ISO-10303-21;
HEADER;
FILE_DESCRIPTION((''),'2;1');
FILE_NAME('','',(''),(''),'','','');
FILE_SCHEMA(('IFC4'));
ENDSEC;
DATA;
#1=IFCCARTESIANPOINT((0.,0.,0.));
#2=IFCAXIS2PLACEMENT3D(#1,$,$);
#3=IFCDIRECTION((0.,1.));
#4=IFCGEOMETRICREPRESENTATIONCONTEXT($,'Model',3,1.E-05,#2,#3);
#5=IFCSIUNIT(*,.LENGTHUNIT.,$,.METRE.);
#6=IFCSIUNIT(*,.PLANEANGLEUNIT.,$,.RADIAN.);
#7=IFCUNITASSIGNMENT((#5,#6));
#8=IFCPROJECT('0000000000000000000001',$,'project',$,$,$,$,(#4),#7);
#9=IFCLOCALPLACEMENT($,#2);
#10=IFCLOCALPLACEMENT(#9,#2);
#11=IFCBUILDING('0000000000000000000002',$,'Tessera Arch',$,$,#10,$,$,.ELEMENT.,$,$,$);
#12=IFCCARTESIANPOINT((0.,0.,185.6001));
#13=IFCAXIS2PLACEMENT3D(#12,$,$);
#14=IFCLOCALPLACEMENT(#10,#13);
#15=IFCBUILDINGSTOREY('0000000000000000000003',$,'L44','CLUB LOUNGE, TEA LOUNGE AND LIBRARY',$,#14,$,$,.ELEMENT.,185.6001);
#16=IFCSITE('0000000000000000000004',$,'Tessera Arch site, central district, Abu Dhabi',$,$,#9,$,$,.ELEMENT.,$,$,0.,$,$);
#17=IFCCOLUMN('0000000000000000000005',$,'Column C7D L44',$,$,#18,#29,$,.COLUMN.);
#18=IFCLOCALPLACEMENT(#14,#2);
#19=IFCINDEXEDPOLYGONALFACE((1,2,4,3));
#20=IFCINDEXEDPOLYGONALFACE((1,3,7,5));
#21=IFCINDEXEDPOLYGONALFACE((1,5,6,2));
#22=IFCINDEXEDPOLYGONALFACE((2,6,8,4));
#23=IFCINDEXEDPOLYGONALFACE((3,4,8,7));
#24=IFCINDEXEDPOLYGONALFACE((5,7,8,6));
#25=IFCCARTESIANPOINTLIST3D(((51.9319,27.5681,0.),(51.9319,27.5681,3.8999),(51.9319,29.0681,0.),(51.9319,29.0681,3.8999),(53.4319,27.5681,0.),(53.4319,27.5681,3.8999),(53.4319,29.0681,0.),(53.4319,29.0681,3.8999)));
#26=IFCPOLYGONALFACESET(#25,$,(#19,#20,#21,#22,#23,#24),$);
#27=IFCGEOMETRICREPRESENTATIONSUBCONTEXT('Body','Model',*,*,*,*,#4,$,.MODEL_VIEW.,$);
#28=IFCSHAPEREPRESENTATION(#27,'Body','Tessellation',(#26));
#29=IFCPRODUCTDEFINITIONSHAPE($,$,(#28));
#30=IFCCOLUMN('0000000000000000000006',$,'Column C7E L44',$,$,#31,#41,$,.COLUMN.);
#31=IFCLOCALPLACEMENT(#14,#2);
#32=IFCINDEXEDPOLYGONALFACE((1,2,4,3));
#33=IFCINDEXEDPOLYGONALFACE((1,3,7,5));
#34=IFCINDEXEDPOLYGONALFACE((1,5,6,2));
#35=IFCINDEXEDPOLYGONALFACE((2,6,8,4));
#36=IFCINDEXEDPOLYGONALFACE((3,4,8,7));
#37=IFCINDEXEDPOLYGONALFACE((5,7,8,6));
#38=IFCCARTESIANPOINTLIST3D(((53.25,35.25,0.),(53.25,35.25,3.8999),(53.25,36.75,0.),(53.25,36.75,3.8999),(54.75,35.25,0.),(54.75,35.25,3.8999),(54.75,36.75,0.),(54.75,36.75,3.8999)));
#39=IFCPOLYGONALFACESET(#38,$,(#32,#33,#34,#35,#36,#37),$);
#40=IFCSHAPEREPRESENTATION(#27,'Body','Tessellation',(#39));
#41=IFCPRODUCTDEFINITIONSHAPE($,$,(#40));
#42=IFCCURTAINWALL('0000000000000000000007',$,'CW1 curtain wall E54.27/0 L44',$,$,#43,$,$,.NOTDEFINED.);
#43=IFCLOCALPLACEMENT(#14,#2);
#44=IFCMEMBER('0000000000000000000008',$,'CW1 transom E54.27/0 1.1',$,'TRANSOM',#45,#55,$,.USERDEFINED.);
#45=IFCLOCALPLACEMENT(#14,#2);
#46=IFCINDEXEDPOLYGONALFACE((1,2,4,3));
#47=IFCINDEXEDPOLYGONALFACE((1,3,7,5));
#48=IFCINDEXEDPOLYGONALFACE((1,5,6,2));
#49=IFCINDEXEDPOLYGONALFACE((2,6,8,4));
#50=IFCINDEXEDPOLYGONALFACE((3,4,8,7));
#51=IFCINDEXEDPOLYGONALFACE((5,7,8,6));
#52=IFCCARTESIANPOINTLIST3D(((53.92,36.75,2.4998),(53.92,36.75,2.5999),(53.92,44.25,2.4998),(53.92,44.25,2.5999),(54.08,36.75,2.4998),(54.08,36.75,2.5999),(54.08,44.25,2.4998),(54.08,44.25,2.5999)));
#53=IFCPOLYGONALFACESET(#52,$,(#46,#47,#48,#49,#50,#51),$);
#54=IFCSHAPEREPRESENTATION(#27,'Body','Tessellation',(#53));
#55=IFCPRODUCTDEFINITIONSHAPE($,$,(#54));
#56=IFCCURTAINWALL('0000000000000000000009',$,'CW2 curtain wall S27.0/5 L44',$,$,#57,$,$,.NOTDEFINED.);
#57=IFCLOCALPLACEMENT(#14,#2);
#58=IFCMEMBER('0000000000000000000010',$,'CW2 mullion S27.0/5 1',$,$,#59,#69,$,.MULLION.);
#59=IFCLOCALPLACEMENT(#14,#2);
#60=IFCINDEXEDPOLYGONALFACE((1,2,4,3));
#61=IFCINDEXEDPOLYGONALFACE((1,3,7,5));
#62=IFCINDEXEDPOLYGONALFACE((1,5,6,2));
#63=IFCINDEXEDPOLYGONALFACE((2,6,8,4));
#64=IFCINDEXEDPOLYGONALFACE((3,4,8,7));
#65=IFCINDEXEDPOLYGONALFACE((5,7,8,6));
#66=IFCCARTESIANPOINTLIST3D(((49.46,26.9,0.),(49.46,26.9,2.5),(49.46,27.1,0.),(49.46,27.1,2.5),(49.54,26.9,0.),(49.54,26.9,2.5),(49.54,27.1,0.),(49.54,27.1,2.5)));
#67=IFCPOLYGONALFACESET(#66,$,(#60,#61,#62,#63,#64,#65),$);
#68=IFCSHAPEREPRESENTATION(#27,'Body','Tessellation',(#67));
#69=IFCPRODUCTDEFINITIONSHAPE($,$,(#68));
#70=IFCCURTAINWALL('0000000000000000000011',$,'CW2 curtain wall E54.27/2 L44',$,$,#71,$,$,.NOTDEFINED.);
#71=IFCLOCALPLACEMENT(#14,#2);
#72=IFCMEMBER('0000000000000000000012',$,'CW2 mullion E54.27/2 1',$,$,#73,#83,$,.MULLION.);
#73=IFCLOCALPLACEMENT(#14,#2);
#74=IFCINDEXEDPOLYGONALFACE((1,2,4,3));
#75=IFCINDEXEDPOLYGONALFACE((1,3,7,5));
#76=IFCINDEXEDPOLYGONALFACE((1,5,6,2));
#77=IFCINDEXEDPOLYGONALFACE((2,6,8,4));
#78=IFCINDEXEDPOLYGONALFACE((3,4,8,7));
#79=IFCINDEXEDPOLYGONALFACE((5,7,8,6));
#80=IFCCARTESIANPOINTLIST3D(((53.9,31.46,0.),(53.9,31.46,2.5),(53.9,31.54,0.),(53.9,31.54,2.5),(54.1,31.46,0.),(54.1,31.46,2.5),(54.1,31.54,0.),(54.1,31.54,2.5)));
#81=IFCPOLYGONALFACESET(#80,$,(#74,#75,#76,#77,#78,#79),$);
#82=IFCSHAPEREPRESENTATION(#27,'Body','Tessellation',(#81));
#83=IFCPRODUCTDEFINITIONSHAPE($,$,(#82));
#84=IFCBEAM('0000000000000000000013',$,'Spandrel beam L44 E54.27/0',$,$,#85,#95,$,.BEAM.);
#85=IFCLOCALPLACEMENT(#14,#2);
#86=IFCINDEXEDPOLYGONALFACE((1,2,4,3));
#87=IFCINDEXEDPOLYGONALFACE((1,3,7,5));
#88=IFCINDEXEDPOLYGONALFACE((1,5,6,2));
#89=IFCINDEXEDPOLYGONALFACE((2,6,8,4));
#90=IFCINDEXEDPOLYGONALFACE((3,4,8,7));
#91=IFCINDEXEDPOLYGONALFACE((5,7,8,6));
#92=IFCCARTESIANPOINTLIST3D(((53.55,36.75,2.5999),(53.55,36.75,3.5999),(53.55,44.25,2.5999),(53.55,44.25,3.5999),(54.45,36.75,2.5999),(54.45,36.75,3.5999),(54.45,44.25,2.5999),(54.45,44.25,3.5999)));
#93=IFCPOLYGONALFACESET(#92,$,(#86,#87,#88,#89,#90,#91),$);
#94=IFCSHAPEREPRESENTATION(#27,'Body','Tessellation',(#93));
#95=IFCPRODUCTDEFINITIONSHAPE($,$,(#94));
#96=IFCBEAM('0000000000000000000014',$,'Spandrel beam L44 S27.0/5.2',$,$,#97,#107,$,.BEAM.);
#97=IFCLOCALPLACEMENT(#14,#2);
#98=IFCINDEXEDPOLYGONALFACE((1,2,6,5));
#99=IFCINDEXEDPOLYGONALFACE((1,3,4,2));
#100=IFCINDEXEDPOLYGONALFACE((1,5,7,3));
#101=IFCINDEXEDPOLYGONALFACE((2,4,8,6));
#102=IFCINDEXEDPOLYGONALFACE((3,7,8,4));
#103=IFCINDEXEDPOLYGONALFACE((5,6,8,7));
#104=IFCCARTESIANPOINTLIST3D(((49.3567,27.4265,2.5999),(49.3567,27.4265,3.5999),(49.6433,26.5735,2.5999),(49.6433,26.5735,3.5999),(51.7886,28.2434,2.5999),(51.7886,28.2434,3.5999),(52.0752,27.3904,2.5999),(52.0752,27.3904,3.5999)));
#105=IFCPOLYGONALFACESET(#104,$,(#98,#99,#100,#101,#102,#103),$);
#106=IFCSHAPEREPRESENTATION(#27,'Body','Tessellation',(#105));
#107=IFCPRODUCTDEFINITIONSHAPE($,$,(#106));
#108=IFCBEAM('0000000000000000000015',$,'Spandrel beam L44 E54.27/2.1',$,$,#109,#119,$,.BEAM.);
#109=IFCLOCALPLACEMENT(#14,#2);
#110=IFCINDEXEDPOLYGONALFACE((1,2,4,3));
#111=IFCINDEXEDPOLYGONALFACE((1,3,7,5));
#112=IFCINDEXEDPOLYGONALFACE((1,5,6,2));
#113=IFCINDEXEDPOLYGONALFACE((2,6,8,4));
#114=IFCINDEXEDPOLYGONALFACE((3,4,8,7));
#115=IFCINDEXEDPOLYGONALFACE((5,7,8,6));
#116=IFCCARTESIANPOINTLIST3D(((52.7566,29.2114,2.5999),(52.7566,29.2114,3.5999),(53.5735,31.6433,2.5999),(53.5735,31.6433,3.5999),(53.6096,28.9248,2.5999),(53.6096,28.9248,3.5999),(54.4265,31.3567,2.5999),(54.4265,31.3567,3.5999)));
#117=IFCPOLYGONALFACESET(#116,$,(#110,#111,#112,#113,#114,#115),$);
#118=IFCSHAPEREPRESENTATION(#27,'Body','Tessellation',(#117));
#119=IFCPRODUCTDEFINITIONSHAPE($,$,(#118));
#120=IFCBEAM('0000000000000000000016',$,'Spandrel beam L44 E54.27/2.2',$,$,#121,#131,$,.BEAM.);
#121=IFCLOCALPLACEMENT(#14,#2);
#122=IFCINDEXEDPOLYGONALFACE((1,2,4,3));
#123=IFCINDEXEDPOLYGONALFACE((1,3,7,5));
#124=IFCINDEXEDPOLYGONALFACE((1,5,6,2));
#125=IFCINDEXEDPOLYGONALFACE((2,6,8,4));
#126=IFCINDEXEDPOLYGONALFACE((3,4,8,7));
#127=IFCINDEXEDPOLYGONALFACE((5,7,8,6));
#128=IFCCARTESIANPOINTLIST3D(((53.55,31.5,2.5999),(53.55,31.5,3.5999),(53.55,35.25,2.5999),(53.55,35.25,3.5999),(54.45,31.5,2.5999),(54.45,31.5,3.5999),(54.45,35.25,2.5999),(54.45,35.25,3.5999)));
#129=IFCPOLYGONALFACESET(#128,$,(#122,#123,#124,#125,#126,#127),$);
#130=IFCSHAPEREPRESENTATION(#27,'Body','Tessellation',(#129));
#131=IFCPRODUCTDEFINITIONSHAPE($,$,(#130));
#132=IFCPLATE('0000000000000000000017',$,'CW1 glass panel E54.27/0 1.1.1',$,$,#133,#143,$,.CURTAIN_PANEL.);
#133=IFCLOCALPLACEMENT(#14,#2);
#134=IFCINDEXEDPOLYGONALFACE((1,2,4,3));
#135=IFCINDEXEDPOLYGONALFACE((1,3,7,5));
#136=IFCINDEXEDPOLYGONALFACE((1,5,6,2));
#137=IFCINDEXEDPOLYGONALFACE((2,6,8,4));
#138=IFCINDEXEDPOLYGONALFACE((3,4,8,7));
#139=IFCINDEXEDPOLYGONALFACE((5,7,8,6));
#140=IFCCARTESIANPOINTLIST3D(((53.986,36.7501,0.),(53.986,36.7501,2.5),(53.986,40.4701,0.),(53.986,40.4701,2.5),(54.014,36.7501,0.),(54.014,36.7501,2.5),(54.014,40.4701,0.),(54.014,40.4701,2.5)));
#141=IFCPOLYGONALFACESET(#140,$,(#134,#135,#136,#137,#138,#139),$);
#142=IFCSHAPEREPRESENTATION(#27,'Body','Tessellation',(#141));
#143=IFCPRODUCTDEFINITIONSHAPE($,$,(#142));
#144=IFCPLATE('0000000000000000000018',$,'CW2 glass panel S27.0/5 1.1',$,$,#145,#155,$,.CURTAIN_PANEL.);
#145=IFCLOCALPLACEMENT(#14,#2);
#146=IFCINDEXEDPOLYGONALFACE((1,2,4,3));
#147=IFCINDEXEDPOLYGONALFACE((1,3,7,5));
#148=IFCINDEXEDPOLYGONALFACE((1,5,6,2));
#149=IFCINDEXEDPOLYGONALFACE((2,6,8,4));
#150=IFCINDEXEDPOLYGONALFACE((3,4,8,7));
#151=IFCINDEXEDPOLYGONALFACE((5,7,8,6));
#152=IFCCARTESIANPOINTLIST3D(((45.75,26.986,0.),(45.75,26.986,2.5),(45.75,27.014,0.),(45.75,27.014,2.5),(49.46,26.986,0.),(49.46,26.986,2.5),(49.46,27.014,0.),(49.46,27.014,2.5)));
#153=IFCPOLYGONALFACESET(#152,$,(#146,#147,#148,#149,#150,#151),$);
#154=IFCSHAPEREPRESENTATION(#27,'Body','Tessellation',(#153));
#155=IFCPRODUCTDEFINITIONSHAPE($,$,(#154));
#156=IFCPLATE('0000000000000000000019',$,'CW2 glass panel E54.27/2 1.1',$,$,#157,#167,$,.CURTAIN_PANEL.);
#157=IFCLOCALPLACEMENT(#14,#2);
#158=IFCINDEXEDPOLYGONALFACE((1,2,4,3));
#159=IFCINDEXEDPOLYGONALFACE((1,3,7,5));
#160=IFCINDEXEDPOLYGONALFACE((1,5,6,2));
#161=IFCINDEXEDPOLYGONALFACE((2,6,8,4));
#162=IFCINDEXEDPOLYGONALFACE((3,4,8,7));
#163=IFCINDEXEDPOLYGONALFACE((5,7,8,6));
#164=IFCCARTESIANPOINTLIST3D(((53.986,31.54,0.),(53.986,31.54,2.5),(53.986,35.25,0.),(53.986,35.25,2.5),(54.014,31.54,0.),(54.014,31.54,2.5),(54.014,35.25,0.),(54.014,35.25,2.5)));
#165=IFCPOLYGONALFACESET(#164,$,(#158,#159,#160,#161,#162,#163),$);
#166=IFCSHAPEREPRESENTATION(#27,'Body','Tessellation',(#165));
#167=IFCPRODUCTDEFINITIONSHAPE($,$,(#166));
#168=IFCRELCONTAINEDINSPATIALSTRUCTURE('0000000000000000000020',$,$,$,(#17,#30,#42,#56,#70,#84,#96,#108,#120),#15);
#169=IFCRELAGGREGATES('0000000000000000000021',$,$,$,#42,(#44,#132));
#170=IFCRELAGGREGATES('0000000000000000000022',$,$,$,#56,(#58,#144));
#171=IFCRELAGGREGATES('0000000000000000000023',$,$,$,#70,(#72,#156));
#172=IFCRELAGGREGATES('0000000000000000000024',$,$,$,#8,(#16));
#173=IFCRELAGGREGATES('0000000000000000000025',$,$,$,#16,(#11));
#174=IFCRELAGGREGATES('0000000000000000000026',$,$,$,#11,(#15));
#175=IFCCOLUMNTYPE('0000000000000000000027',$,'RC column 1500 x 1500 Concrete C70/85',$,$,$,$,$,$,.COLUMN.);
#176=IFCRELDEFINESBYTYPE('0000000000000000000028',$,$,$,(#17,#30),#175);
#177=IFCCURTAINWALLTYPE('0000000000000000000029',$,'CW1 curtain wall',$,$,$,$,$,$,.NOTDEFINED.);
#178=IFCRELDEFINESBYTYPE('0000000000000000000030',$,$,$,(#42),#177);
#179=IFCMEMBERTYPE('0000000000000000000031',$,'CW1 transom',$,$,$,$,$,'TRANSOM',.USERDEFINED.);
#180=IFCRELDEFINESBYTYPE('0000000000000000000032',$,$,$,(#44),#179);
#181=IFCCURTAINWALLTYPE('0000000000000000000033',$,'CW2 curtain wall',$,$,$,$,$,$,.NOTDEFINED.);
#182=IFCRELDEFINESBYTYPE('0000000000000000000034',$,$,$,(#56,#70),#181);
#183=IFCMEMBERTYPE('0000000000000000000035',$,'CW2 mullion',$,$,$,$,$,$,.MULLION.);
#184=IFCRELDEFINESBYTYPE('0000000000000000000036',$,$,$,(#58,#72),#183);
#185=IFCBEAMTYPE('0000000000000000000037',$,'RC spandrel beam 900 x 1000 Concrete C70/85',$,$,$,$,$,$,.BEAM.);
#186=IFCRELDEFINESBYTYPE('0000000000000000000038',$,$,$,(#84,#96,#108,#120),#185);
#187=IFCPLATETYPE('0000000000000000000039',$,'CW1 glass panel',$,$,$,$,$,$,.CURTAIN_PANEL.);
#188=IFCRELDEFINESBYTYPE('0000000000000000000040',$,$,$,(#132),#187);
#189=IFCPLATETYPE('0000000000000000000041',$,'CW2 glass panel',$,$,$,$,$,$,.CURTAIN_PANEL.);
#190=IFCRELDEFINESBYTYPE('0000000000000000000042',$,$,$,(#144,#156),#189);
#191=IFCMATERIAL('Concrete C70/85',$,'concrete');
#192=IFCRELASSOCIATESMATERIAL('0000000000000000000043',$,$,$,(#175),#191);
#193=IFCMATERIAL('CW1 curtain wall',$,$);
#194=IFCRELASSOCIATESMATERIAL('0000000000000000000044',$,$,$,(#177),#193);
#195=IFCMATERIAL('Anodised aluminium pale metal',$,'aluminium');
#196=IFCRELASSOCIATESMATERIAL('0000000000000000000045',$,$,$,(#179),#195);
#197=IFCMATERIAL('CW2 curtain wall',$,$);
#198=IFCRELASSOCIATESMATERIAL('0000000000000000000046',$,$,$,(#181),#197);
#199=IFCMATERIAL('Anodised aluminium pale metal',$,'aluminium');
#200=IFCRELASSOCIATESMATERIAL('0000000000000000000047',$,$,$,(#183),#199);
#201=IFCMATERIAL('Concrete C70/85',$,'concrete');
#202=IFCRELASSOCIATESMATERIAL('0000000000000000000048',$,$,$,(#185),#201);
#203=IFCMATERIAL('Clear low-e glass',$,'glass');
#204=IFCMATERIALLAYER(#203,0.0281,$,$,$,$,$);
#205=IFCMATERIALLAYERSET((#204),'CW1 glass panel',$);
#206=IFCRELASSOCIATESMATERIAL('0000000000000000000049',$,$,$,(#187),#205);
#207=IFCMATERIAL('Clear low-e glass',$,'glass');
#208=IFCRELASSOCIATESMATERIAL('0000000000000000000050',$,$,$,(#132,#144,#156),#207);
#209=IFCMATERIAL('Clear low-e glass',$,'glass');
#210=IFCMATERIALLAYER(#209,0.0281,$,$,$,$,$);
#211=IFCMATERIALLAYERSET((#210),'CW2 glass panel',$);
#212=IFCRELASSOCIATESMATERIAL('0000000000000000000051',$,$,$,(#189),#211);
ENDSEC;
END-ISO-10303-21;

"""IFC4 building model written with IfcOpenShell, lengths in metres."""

from ifc_helpers import new_model, si_unit, direction, frame, origin, origin_2d, place, context, subcontext, project, spatial, rectangle, extrude, material, layer, layer_set, material_profile, profile_set, type_object, element, aggregate, save


model = new_model("IFC4")

# Units and contexts
model_context = context("Model", 3, precision=1e-05, world=origin(), true_north=direction((0.0, 1.0)))
body_context = subcontext(model_context, "Body", "Model", "MODEL_VIEW")
ifc_project = project(units=[si_unit("LENGTHUNIT", "METRE"), si_unit("PLANEANGLEUNIT", "RADIAN")], contexts=[model_context])

# Site, building, storey
site_placement = place(None, origin())
site = spatial("IfcSite", under=ifc_project, at=site_placement, Name="Tessera Arch site, central district, Abu Dhabi", CompositionType="ELEMENT", RefElevation=0.0)
building_placement = place(site_placement, origin())
building = spatial("IfcBuilding", under=site, at=building_placement, Name="Tessera Arch", CompositionType="ELEMENT")
storey_placement = place(building_placement, frame((0.0, 0.0, 185.6001)))
storey = spatial("IfcBuildingStorey", under=building, at=storey_placement, Name="L44", Description="CLUB LOUNGE, TEA LOUNGE AND LIBRARY", CompositionType="ELEMENT", Elevation=185.6001)

# Columns
ifc_material_1 = material(Name="Concrete C70/85", Category="concrete")
ifc_material_profile_1 = material_profile(ifc_material_1, rectangle(XDim=1.5, YDim=1.5, at=origin_2d()), Name="RC column 1500 x 1500 Concrete C70/85")
ifc_profile_set_1 = profile_set([ifc_material_profile_1], Name="Concrete C70/85")
column_type = type_object("IfcColumnType", Name="RC column 1500 x 1500 Concrete C70/85", PredefinedType="COLUMN", material=ifc_profile_set_1)
for number, where, z_axis, x_axis, name in (
    (1, (52.6819, 28.3181, 0.0), (0.0, 0.0, 1.0), (1.0, 0.0, 0.0), "Column C7D L44"),
    (2, (54.0, 36.0, 0.0), (0.0, 0.0, 1.0), (1.0, 0.0, 0.0), "Column C7E L44"),
):
    element("IfcColumn", number, at=place(storey_placement, frame(where, z_axis=z_axis, x_axis=x_axis)), inside=storey, type_object=column_type, Name=name, PredefinedType="COLUMN", context=body_context, shape_type="SweptSolid", body=[
        extrude(rectangle(XDim=1.5, YDim=1.5, at=origin_2d()), origin(), (0.0, 0.0, 1.0), 3.8999),
    ])

# Curtain walls, members
ifc_material_2 = material(Name="CW1 curtain wall")
curtain_wall_type_1 = type_object("IfcCurtainWallType", Name="CW1 curtain wall", PredefinedType="NOTDEFINED", material=ifc_material_2)
curtain_wall_1_placement = place(storey_placement, origin())
curtain_wall_1 = element("IfcCurtainWall", 3, at=curtain_wall_1_placement, inside=storey, type_object=curtain_wall_type_1, Name="CW1 curtain wall E54.27/0 L44", PredefinedType="NOTDEFINED")
ifc_material_3 = material(Name="Anodised aluminium pale metal", Category="aluminium")
ifc_material_profile_2 = material_profile(ifc_material_3, rectangle(XDim=0.1599, YDim=0.1001, at=origin_2d()), Name="AL 160x100")
ifc_profile_set_2 = profile_set([ifc_material_profile_2], Name="Anodised aluminium pale metal")
member_type_1 = type_object("IfcMemberType", Name="CW1 transom", ElementType="TRANSOM", PredefinedType="USERDEFINED", material=ifc_profile_set_2)
member_1_placement = place(storey_placement, frame((54.0, 36.75, 2.5498), z_axis=(0.0, 1.0, 0.0), x_axis=(-1.0, 0.0, 0.0)))
member_1 = element("IfcMember", 4, at=member_1_placement, type_object=member_type_1, Name="CW1 transom E54.27/0 1.1", ObjectType="TRANSOM", PredefinedType="USERDEFINED", context=body_context, shape_type="SweptSolid", body=[
    extrude(rectangle(XDim=0.1599, YDim=0.1001, at=origin_2d()), origin(), (0.0, 0.0, 1.0), 7.5),
])
ifc_material_4 = material(Name="CW2 curtain wall")
curtain_wall_type_2 = type_object("IfcCurtainWallType", Name="CW2 curtain wall", PredefinedType="NOTDEFINED", material=ifc_material_4)
curtain_wall_2_placement = place(storey_placement, origin())
curtain_wall_2 = element("IfcCurtainWall", 5, at=curtain_wall_2_placement, inside=storey, type_object=curtain_wall_type_2, Name="CW2 curtain wall S27.0/5 L44", PredefinedType="NOTDEFINED")
ifc_material_5 = material(Name="Anodised aluminium pale metal", Category="aluminium")
ifc_material_profile_3 = material_profile(ifc_material_5, rectangle(XDim=0.2, YDim=0.0801, at=origin_2d()), Name="AL 80x200")
ifc_profile_set_3 = profile_set([ifc_material_profile_3], Name="Anodised aluminium pale metal")
member_type_2 = type_object("IfcMemberType", Name="CW2 mullion", PredefinedType="MULLION", material=ifc_profile_set_3)
member_2_placement = place(storey_placement, frame((49.5, 27.0, 0.0), z_axis=(0.0, 0.0, 1.0), x_axis=(0.0, 1.0, 0.0)))
member_2 = element("IfcMember", 6, at=member_2_placement, type_object=member_type_2, Name="CW2 mullion S27.0/5 1", PredefinedType="MULLION", context=body_context, shape_type="SweptSolid", body=[
    extrude(rectangle(XDim=0.2, YDim=0.0801, at=origin_2d()), origin(), (0.0, 0.0, 1.0), 2.5),
])
curtain_wall_3_placement = place(storey_placement, origin())
curtain_wall_3 = element("IfcCurtainWall", 7, at=curtain_wall_3_placement, inside=storey, type_object=curtain_wall_type_2, Name="CW2 curtain wall E54.27/2 L44", PredefinedType="NOTDEFINED")
member_3_placement = place(storey_placement, frame((54.0, 31.5, 0.0), z_axis=(0.0, 0.0, 1.0), x_axis=(-1.0, 0.0, 0.0)))
member_3 = element("IfcMember", 8, at=member_3_placement, type_object=member_type_2, Name="CW2 mullion E54.27/2 1", PredefinedType="MULLION", context=body_context, shape_type="SweptSolid", body=[
    extrude(rectangle(XDim=0.2, YDim=0.0801, at=origin_2d()), origin(), (0.0, 0.0, 1.0), 2.5),
])

# Beams
ifc_material_6 = material(Name="Concrete C70/85", Category="concrete")
ifc_material_profile_4 = material_profile(ifc_material_6, rectangle(XDim=0.8999, YDim=1.0, at=origin_2d()), Name="RC spandrel beam 900 x 1000 Concrete C70/85")
ifc_profile_set_4 = profile_set([ifc_material_profile_4], Name="Concrete C70/85")
beam_type = type_object("IfcBeamType", Name="RC spandrel beam 900 x 1000 Concrete C70/85", PredefinedType="BEAM", material=ifc_profile_set_4)
beam_1_placement = place(storey_placement, frame((54.0, 36.75, 3.0999), z_axis=(0.0, 1.0, 0.0), x_axis=(-1.0, 0.0, 0.0)))
element("IfcBeam", 9, at=beam_1_placement, inside=storey, type_object=beam_type, Name="Spandrel beam L44 E54.27/0", PredefinedType="BEAM", context=body_context, shape_type="SweptSolid", body=[
    extrude(rectangle(XDim=0.8999, YDim=1.0, at=origin_2d()), origin(), (0.0, 0.0, 1.0), 7.5),
])
for number, where, z_axis, x_axis, name in (
    (10, (49.5, 27.0, 3.0999), (0.947948, 0.318425, 0.0), (-0.318425, 0.947948, 0.0), "Spandrel beam L44 S27.0/5.2"),
    (11, (53.1831, 29.0681, 3.0999), (0.318425, 0.947948, 0.0), (-0.947948, 0.318425, 0.0), "Spandrel beam L44 E54.27/2.1"),
):
    element("IfcBeam", number, at=place(storey_placement, frame(where, z_axis=z_axis, x_axis=x_axis)), inside=storey, type_object=beam_type, Name=name, PredefinedType="BEAM", context=body_context, shape_type="SweptSolid", body=[
        extrude(rectangle(XDim=0.8999, YDim=1.0, at=origin_2d()), origin(), (0.0, 0.0, 1.0), 2.5654),
    ])
beam_2_placement = place(storey_placement, frame((54.0, 31.5, 3.0999), z_axis=(0.0, 1.0, 0.0), x_axis=(-1.0, 0.0, 0.0)))
element("IfcBeam", 12, at=beam_2_placement, inside=storey, type_object=beam_type, Name="Spandrel beam L44 E54.27/2.2", PredefinedType="BEAM", context=body_context, shape_type="SweptSolid", body=[
    extrude(rectangle(XDim=0.8999, YDim=1.0, at=origin_2d()), origin(), (0.0, 0.0, 1.0), 3.75),
])

# Plates
ifc_material_7 = material(Name="Clear low-e glass", Category="glass")
ifc_material_8 = material(Name="Clear low-e glass", Category="glass")
ifc_layer_1 = layer(ifc_material_8, 0.0281)
ifc_layer_set_1 = layer_set([ifc_layer_1], Name="CW1 glass panel")
plate_type_1 = type_object("IfcPlateType", Name="CW1 glass panel", PredefinedType="CURTAIN_PANEL", material=ifc_layer_set_1)
plate_1_placement = place(storey_placement, frame((54.0, 38.6101, 0.0), z_axis=(0.0, 0.0, 1.0), x_axis=(0.0, 1.0, 0.0)))
plate_1 = element("IfcPlate", 13, at=plate_1_placement, type_object=plate_type_1, material=ifc_material_7, Name="CW1 glass panel E54.27/0 1.1.1", PredefinedType="CURTAIN_PANEL", context=body_context, shape_type="SweptSolid", body=[
    extrude(rectangle(XDim=3.72, YDim=0.0281, at=origin_2d()), origin(), (0.0, 0.0, 1.0), 2.5),
])
aggregate(curtain_wall_1, [member_1, plate_1])
ifc_material_9 = material(Name="Clear low-e glass", Category="glass")
ifc_layer_2 = layer(ifc_material_9, 0.0281)
ifc_layer_set_2 = layer_set([ifc_layer_2], Name="CW2 glass panel")
plate_type_2 = type_object("IfcPlateType", Name="CW2 glass panel", PredefinedType="CURTAIN_PANEL", material=ifc_layer_set_2)
plate_2_placement = place(storey_placement, frame((47.605, 27.0, 0.0), z_axis=(0.0, 0.0, 1.0), x_axis=(1.0, 0.0, 0.0)))
plate_2 = element("IfcPlate", 14, at=plate_2_placement, type_object=plate_type_2, material=ifc_material_7, Name="CW2 glass panel S27.0/5 1.1", PredefinedType="CURTAIN_PANEL", context=body_context, shape_type="SweptSolid", body=[
    extrude(rectangle(XDim=3.71, YDim=0.0281, at=origin_2d()), origin(), (0.0, 0.0, 1.0), 2.5),
])
aggregate(curtain_wall_2, [member_2, plate_2])
plate_3_placement = place(storey_placement, frame((54.0, 33.395, 0.0), z_axis=(0.0, 0.0, 1.0), x_axis=(0.0, 1.0, 0.0)))
plate_3 = element("IfcPlate", 15, at=plate_3_placement, type_object=plate_type_2, material=ifc_material_7, Name="CW2 glass panel E54.27/2 1.1", PredefinedType="CURTAIN_PANEL", context=body_context, shape_type="SweptSolid", body=[
    extrude(rectangle(XDim=3.71, YDim=0.0281, at=origin_2d()), origin(), (0.0, 0.0, 1.0), 2.5),
])
aggregate(curtain_wall_3, [member_3, plate_3])

save(model, "model.ifc")
